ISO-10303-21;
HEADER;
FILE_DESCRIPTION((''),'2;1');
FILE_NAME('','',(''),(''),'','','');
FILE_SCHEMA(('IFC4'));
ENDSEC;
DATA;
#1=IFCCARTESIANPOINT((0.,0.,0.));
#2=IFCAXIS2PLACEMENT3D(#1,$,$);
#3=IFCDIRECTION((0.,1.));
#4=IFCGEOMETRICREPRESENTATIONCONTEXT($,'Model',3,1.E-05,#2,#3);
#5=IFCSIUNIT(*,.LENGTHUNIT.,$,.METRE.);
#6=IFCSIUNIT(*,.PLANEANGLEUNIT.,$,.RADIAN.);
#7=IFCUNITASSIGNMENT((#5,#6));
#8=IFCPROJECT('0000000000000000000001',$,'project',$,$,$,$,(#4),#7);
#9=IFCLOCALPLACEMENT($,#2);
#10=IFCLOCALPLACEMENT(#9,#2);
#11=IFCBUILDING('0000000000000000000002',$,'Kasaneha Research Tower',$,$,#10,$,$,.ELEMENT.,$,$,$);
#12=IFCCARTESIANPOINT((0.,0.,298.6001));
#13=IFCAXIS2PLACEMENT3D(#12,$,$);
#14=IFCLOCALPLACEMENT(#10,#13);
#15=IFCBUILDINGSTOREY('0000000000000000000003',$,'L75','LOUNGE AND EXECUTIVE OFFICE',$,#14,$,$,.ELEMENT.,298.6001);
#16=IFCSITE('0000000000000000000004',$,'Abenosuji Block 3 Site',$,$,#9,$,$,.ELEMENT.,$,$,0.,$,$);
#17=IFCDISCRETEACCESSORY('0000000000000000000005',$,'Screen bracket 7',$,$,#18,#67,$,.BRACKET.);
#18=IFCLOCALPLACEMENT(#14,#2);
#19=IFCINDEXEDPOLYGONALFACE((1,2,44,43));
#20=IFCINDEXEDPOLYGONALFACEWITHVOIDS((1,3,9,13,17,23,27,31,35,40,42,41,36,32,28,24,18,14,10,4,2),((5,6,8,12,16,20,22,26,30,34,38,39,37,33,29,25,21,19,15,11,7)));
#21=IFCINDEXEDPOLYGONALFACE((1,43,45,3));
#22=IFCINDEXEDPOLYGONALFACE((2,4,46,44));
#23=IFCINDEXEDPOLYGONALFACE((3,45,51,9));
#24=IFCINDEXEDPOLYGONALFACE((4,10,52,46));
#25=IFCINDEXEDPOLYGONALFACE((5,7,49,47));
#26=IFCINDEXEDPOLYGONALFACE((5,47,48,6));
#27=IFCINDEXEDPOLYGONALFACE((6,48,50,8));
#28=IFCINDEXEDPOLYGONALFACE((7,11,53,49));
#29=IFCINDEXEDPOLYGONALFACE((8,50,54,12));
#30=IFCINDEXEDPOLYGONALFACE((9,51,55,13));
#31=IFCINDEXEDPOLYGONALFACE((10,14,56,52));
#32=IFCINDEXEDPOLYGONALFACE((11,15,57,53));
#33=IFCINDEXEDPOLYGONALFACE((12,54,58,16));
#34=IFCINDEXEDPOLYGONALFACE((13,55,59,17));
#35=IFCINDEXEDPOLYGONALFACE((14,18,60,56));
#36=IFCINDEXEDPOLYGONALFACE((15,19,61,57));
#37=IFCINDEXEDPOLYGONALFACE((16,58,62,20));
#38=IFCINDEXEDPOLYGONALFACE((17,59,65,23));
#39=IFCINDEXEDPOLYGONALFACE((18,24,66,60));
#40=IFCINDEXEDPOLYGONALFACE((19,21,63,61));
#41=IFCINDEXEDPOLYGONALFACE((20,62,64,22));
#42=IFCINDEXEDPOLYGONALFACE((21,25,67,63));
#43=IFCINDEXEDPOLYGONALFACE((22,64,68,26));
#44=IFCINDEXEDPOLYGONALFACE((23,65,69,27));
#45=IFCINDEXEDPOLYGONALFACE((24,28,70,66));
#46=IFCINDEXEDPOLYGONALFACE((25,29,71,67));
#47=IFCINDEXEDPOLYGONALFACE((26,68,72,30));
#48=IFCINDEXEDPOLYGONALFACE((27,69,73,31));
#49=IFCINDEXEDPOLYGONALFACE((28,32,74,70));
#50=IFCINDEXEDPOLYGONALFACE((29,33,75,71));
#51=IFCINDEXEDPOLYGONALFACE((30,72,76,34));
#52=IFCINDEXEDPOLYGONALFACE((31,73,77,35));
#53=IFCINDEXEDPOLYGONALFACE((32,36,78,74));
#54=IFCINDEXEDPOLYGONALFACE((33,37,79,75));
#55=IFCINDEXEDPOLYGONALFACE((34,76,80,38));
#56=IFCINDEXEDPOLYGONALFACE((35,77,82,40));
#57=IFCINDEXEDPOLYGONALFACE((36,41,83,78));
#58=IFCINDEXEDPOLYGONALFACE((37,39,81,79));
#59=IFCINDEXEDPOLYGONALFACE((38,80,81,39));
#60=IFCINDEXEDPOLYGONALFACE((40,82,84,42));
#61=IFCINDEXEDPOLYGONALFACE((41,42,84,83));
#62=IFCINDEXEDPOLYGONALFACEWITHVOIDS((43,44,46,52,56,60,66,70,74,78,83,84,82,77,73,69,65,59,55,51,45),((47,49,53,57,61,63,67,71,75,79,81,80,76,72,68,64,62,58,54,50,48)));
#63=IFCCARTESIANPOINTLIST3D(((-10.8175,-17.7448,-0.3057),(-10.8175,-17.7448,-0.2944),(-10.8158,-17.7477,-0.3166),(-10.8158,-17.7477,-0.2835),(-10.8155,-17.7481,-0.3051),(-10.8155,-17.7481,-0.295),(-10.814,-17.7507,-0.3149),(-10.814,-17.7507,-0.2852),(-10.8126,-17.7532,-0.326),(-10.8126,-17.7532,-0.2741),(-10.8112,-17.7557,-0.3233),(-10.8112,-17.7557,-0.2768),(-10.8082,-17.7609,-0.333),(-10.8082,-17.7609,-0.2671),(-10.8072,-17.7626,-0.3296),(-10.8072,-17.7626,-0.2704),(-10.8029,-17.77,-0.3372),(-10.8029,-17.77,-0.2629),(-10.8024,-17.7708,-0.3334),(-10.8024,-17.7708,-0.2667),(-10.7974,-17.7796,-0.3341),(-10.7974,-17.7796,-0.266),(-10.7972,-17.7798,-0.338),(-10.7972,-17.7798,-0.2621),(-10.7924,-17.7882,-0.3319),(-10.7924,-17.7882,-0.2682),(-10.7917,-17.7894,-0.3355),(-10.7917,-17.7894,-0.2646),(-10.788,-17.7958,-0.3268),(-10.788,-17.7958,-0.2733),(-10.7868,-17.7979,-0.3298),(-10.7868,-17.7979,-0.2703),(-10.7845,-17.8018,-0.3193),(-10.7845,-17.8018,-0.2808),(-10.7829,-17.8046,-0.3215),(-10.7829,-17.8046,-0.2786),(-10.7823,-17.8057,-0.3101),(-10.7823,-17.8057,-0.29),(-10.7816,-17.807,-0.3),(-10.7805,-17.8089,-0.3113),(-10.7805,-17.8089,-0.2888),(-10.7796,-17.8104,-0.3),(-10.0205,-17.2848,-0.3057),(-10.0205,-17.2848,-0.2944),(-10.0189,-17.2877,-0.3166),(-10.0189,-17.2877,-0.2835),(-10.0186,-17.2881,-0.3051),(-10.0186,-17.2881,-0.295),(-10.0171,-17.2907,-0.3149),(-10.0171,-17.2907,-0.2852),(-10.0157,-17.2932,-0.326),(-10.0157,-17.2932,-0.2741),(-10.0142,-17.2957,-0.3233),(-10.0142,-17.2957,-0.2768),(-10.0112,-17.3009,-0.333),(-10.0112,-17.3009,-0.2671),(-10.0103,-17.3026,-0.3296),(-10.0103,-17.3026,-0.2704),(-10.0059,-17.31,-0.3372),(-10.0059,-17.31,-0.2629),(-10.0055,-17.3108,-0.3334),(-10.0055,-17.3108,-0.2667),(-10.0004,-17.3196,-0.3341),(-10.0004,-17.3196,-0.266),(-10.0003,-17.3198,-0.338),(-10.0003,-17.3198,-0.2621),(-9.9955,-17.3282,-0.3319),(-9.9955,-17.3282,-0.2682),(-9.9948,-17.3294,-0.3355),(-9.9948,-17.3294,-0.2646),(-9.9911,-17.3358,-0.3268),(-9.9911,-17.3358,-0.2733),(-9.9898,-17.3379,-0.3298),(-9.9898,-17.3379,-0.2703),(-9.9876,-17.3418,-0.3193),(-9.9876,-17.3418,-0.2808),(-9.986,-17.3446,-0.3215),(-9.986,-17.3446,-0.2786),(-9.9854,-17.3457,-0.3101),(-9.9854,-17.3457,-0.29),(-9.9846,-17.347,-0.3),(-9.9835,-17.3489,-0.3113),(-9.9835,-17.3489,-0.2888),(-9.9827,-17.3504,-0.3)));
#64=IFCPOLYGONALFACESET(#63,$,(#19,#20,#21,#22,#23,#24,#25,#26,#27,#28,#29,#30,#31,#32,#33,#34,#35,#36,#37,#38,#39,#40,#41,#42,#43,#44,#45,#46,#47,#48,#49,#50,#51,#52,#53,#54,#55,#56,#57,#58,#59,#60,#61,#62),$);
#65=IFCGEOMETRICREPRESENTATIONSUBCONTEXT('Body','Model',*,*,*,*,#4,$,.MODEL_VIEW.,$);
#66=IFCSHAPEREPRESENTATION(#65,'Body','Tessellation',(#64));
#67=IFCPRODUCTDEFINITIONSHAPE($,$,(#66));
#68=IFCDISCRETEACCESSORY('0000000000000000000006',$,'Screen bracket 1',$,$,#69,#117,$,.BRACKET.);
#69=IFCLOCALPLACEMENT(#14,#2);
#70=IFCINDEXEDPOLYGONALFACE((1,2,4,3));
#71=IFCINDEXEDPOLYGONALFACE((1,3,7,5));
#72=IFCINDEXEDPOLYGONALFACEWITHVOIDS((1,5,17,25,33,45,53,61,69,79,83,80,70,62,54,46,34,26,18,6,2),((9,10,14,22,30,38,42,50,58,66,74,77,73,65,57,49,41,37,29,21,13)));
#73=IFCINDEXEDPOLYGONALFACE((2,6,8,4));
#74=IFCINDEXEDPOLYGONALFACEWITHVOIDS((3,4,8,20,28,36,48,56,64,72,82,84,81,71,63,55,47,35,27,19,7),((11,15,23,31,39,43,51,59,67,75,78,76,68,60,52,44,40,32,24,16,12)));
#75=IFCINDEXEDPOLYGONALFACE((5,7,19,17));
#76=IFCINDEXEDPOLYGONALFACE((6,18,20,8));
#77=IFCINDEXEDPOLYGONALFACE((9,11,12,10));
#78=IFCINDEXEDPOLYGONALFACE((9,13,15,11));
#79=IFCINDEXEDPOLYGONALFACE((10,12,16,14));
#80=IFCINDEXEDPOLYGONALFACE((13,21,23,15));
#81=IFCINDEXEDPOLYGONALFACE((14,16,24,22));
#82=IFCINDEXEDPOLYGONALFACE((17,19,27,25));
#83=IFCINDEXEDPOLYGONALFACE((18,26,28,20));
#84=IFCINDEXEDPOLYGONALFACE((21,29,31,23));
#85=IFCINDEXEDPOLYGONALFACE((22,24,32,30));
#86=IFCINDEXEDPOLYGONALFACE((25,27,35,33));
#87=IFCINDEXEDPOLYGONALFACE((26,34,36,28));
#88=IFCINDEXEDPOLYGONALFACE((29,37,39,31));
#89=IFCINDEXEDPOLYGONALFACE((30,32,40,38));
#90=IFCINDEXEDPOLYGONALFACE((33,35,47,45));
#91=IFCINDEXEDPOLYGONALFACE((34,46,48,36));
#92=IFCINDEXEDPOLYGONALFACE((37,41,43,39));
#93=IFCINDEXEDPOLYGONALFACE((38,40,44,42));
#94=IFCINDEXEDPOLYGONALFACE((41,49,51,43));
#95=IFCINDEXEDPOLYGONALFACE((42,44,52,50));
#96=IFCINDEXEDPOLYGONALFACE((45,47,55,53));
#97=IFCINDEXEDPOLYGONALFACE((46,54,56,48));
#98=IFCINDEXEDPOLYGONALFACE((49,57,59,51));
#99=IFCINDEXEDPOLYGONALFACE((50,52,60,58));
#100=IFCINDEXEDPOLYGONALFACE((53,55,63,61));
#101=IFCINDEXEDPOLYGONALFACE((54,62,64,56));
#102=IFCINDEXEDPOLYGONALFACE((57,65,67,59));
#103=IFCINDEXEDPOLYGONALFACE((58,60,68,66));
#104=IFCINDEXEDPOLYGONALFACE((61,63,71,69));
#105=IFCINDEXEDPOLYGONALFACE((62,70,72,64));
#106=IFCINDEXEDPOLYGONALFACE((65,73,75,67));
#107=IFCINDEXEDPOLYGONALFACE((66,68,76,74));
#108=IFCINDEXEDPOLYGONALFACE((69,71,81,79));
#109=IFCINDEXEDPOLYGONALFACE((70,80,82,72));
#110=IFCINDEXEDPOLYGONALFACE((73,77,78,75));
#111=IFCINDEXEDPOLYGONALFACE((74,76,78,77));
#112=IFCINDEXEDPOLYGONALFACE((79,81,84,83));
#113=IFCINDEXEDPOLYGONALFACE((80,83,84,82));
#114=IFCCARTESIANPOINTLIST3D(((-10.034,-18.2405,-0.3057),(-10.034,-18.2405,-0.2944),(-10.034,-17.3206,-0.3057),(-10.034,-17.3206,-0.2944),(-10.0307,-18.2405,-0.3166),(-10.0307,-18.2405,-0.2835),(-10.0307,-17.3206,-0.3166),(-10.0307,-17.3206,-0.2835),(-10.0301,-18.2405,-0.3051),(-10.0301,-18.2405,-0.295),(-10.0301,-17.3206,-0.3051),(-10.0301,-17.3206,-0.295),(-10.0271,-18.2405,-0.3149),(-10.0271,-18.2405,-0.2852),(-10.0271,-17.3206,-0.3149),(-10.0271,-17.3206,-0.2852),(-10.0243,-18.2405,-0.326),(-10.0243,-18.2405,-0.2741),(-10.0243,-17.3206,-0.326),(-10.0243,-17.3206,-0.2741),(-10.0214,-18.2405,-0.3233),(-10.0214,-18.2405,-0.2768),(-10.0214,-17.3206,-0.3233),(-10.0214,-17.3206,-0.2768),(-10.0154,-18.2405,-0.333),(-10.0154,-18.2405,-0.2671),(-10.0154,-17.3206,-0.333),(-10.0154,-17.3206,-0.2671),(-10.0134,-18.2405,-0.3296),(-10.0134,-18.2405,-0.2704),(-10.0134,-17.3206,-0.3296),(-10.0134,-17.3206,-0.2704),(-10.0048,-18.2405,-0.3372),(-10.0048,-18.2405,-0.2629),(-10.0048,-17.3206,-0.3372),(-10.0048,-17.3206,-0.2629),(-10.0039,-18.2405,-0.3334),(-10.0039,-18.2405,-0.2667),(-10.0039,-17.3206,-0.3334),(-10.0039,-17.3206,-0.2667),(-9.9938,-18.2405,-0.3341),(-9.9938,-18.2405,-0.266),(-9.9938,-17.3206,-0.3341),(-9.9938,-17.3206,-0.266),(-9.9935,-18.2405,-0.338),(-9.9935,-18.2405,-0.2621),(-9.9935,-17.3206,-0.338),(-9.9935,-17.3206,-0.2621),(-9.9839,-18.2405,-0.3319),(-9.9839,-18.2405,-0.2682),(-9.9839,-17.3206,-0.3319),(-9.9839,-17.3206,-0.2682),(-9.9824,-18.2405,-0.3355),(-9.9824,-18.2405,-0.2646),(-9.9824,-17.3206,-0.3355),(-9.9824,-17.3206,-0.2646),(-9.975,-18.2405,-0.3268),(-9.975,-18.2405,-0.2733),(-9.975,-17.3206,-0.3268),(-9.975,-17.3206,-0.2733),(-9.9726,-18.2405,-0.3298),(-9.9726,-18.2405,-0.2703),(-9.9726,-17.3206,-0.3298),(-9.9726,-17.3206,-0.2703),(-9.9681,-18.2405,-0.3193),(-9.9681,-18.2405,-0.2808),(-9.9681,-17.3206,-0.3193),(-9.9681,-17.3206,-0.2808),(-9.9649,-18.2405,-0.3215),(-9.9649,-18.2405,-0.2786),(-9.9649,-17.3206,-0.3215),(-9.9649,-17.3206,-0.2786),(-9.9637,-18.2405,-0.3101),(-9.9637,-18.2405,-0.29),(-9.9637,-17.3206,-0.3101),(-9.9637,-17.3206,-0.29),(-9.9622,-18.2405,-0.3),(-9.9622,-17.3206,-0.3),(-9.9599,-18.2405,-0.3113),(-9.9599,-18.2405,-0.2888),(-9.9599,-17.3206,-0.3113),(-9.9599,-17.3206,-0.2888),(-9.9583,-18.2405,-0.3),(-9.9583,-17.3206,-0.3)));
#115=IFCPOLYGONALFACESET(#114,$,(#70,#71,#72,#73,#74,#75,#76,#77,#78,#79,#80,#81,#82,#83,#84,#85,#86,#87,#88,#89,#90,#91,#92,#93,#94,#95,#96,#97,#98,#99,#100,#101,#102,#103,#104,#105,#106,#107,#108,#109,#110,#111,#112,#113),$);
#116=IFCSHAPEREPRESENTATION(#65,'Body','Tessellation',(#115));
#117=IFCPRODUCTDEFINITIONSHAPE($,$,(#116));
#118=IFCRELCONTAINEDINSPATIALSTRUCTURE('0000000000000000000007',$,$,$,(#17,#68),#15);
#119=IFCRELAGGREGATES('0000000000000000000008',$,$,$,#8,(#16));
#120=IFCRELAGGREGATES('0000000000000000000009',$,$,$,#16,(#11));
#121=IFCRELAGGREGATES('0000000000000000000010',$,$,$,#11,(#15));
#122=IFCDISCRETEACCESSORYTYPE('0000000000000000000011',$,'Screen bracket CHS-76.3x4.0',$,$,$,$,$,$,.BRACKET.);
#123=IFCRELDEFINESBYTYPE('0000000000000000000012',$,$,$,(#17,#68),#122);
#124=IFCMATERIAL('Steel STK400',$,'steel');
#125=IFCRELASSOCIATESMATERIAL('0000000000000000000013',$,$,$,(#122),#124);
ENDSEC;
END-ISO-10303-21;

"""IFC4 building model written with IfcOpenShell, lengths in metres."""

from ifc_helpers import new_model, si_unit, direction, frame, origin, origin_2d, place, context, subcontext, project, spatial, hollow_circle, extrude, material, material_profile, profile_set, type_object, element, save


model = new_model("IFC4")

# Units and contexts
model_context = context("Model", 3, precision=1e-05, world=origin(), true_north=direction((0.0, 1.0)))
body_context = subcontext(model_context, "Body", "Model", "MODEL_VIEW")
ifc_project = project(units=[si_unit("LENGTHUNIT", "METRE"), si_unit("PLANEANGLEUNIT", "RADIAN")], contexts=[model_context])

# Site, building, storey
site_placement = place(None, origin())
site = spatial("IfcSite", under=ifc_project, at=site_placement, Name="Abenosuji Block 3 Site", CompositionType="ELEMENT", RefElevation=0.0)
building_placement = place(site_placement, origin())
building = spatial("IfcBuilding", under=site, at=building_placement, Name="Kasaneha Research Tower", CompositionType="ELEMENT")
storey_placement = place(building_placement, frame((0.0, 0.0, 298.6001)))
storey = spatial("IfcBuildingStorey", under=building, at=storey_placement, Name="L75", Description="LOUNGE AND EXECUTIVE OFFICE", CompositionType="ELEMENT", Elevation=298.6001)

# Discrete accessories
ifc_material_1 = material(Name="Steel STK400", Category="steel")
ifc_material_profile_1 = material_profile(ifc_material_1, hollow_circle(Radius=0.0381, WallThickness=0.0039, at=origin_2d()), Name="CHS-76.3x4.0")
ifc_profile_set_1 = profile_set([ifc_material_profile_1], Name="Steel STK400")
discrete_accessory_type = type_object("IfcDiscreteAccessoryType", Name="Screen bracket CHS-76.3x4.0", PredefinedType="BRACKET", material=ifc_profile_set_1)
discrete_accessory_1_placement = place(storey_placement, frame((-10.0017, -17.3174, -0.3), z_axis=(-0.86608, -0.499906, 0.0), x_axis=(0.499906, -0.86608, 0.0)))
element("IfcDiscreteAccessory", 1, at=discrete_accessory_1_placement, inside=storey, type_object=discrete_accessory_type, Name="Screen bracket 7", PredefinedType="BRACKET", context=body_context, shape_type="SweptSolid", body=[
    extrude(hollow_circle(Radius=0.0381, WallThickness=0.0039, at=origin_2d()), origin(), (0.0, 0.0, 1.0), 0.9202),
])
discrete_accessory_2_placement = place(storey_placement, frame((-9.9963, -17.3206, -0.3), z_axis=(0.0, -1.0, 0.0), x_axis=(1.0, 0.0, 0.0)))
element("IfcDiscreteAccessory", 2, at=discrete_accessory_2_placement, inside=storey, type_object=discrete_accessory_type, Name="Screen bracket 1", PredefinedType="BRACKET", context=body_context, shape_type="SweptSolid", body=[
    extrude(hollow_circle(Radius=0.0381, WallThickness=0.0039, at=origin_2d()), origin(), (0.0, 0.0, 1.0), 0.9199),
])

save(model, "model.ifc")
